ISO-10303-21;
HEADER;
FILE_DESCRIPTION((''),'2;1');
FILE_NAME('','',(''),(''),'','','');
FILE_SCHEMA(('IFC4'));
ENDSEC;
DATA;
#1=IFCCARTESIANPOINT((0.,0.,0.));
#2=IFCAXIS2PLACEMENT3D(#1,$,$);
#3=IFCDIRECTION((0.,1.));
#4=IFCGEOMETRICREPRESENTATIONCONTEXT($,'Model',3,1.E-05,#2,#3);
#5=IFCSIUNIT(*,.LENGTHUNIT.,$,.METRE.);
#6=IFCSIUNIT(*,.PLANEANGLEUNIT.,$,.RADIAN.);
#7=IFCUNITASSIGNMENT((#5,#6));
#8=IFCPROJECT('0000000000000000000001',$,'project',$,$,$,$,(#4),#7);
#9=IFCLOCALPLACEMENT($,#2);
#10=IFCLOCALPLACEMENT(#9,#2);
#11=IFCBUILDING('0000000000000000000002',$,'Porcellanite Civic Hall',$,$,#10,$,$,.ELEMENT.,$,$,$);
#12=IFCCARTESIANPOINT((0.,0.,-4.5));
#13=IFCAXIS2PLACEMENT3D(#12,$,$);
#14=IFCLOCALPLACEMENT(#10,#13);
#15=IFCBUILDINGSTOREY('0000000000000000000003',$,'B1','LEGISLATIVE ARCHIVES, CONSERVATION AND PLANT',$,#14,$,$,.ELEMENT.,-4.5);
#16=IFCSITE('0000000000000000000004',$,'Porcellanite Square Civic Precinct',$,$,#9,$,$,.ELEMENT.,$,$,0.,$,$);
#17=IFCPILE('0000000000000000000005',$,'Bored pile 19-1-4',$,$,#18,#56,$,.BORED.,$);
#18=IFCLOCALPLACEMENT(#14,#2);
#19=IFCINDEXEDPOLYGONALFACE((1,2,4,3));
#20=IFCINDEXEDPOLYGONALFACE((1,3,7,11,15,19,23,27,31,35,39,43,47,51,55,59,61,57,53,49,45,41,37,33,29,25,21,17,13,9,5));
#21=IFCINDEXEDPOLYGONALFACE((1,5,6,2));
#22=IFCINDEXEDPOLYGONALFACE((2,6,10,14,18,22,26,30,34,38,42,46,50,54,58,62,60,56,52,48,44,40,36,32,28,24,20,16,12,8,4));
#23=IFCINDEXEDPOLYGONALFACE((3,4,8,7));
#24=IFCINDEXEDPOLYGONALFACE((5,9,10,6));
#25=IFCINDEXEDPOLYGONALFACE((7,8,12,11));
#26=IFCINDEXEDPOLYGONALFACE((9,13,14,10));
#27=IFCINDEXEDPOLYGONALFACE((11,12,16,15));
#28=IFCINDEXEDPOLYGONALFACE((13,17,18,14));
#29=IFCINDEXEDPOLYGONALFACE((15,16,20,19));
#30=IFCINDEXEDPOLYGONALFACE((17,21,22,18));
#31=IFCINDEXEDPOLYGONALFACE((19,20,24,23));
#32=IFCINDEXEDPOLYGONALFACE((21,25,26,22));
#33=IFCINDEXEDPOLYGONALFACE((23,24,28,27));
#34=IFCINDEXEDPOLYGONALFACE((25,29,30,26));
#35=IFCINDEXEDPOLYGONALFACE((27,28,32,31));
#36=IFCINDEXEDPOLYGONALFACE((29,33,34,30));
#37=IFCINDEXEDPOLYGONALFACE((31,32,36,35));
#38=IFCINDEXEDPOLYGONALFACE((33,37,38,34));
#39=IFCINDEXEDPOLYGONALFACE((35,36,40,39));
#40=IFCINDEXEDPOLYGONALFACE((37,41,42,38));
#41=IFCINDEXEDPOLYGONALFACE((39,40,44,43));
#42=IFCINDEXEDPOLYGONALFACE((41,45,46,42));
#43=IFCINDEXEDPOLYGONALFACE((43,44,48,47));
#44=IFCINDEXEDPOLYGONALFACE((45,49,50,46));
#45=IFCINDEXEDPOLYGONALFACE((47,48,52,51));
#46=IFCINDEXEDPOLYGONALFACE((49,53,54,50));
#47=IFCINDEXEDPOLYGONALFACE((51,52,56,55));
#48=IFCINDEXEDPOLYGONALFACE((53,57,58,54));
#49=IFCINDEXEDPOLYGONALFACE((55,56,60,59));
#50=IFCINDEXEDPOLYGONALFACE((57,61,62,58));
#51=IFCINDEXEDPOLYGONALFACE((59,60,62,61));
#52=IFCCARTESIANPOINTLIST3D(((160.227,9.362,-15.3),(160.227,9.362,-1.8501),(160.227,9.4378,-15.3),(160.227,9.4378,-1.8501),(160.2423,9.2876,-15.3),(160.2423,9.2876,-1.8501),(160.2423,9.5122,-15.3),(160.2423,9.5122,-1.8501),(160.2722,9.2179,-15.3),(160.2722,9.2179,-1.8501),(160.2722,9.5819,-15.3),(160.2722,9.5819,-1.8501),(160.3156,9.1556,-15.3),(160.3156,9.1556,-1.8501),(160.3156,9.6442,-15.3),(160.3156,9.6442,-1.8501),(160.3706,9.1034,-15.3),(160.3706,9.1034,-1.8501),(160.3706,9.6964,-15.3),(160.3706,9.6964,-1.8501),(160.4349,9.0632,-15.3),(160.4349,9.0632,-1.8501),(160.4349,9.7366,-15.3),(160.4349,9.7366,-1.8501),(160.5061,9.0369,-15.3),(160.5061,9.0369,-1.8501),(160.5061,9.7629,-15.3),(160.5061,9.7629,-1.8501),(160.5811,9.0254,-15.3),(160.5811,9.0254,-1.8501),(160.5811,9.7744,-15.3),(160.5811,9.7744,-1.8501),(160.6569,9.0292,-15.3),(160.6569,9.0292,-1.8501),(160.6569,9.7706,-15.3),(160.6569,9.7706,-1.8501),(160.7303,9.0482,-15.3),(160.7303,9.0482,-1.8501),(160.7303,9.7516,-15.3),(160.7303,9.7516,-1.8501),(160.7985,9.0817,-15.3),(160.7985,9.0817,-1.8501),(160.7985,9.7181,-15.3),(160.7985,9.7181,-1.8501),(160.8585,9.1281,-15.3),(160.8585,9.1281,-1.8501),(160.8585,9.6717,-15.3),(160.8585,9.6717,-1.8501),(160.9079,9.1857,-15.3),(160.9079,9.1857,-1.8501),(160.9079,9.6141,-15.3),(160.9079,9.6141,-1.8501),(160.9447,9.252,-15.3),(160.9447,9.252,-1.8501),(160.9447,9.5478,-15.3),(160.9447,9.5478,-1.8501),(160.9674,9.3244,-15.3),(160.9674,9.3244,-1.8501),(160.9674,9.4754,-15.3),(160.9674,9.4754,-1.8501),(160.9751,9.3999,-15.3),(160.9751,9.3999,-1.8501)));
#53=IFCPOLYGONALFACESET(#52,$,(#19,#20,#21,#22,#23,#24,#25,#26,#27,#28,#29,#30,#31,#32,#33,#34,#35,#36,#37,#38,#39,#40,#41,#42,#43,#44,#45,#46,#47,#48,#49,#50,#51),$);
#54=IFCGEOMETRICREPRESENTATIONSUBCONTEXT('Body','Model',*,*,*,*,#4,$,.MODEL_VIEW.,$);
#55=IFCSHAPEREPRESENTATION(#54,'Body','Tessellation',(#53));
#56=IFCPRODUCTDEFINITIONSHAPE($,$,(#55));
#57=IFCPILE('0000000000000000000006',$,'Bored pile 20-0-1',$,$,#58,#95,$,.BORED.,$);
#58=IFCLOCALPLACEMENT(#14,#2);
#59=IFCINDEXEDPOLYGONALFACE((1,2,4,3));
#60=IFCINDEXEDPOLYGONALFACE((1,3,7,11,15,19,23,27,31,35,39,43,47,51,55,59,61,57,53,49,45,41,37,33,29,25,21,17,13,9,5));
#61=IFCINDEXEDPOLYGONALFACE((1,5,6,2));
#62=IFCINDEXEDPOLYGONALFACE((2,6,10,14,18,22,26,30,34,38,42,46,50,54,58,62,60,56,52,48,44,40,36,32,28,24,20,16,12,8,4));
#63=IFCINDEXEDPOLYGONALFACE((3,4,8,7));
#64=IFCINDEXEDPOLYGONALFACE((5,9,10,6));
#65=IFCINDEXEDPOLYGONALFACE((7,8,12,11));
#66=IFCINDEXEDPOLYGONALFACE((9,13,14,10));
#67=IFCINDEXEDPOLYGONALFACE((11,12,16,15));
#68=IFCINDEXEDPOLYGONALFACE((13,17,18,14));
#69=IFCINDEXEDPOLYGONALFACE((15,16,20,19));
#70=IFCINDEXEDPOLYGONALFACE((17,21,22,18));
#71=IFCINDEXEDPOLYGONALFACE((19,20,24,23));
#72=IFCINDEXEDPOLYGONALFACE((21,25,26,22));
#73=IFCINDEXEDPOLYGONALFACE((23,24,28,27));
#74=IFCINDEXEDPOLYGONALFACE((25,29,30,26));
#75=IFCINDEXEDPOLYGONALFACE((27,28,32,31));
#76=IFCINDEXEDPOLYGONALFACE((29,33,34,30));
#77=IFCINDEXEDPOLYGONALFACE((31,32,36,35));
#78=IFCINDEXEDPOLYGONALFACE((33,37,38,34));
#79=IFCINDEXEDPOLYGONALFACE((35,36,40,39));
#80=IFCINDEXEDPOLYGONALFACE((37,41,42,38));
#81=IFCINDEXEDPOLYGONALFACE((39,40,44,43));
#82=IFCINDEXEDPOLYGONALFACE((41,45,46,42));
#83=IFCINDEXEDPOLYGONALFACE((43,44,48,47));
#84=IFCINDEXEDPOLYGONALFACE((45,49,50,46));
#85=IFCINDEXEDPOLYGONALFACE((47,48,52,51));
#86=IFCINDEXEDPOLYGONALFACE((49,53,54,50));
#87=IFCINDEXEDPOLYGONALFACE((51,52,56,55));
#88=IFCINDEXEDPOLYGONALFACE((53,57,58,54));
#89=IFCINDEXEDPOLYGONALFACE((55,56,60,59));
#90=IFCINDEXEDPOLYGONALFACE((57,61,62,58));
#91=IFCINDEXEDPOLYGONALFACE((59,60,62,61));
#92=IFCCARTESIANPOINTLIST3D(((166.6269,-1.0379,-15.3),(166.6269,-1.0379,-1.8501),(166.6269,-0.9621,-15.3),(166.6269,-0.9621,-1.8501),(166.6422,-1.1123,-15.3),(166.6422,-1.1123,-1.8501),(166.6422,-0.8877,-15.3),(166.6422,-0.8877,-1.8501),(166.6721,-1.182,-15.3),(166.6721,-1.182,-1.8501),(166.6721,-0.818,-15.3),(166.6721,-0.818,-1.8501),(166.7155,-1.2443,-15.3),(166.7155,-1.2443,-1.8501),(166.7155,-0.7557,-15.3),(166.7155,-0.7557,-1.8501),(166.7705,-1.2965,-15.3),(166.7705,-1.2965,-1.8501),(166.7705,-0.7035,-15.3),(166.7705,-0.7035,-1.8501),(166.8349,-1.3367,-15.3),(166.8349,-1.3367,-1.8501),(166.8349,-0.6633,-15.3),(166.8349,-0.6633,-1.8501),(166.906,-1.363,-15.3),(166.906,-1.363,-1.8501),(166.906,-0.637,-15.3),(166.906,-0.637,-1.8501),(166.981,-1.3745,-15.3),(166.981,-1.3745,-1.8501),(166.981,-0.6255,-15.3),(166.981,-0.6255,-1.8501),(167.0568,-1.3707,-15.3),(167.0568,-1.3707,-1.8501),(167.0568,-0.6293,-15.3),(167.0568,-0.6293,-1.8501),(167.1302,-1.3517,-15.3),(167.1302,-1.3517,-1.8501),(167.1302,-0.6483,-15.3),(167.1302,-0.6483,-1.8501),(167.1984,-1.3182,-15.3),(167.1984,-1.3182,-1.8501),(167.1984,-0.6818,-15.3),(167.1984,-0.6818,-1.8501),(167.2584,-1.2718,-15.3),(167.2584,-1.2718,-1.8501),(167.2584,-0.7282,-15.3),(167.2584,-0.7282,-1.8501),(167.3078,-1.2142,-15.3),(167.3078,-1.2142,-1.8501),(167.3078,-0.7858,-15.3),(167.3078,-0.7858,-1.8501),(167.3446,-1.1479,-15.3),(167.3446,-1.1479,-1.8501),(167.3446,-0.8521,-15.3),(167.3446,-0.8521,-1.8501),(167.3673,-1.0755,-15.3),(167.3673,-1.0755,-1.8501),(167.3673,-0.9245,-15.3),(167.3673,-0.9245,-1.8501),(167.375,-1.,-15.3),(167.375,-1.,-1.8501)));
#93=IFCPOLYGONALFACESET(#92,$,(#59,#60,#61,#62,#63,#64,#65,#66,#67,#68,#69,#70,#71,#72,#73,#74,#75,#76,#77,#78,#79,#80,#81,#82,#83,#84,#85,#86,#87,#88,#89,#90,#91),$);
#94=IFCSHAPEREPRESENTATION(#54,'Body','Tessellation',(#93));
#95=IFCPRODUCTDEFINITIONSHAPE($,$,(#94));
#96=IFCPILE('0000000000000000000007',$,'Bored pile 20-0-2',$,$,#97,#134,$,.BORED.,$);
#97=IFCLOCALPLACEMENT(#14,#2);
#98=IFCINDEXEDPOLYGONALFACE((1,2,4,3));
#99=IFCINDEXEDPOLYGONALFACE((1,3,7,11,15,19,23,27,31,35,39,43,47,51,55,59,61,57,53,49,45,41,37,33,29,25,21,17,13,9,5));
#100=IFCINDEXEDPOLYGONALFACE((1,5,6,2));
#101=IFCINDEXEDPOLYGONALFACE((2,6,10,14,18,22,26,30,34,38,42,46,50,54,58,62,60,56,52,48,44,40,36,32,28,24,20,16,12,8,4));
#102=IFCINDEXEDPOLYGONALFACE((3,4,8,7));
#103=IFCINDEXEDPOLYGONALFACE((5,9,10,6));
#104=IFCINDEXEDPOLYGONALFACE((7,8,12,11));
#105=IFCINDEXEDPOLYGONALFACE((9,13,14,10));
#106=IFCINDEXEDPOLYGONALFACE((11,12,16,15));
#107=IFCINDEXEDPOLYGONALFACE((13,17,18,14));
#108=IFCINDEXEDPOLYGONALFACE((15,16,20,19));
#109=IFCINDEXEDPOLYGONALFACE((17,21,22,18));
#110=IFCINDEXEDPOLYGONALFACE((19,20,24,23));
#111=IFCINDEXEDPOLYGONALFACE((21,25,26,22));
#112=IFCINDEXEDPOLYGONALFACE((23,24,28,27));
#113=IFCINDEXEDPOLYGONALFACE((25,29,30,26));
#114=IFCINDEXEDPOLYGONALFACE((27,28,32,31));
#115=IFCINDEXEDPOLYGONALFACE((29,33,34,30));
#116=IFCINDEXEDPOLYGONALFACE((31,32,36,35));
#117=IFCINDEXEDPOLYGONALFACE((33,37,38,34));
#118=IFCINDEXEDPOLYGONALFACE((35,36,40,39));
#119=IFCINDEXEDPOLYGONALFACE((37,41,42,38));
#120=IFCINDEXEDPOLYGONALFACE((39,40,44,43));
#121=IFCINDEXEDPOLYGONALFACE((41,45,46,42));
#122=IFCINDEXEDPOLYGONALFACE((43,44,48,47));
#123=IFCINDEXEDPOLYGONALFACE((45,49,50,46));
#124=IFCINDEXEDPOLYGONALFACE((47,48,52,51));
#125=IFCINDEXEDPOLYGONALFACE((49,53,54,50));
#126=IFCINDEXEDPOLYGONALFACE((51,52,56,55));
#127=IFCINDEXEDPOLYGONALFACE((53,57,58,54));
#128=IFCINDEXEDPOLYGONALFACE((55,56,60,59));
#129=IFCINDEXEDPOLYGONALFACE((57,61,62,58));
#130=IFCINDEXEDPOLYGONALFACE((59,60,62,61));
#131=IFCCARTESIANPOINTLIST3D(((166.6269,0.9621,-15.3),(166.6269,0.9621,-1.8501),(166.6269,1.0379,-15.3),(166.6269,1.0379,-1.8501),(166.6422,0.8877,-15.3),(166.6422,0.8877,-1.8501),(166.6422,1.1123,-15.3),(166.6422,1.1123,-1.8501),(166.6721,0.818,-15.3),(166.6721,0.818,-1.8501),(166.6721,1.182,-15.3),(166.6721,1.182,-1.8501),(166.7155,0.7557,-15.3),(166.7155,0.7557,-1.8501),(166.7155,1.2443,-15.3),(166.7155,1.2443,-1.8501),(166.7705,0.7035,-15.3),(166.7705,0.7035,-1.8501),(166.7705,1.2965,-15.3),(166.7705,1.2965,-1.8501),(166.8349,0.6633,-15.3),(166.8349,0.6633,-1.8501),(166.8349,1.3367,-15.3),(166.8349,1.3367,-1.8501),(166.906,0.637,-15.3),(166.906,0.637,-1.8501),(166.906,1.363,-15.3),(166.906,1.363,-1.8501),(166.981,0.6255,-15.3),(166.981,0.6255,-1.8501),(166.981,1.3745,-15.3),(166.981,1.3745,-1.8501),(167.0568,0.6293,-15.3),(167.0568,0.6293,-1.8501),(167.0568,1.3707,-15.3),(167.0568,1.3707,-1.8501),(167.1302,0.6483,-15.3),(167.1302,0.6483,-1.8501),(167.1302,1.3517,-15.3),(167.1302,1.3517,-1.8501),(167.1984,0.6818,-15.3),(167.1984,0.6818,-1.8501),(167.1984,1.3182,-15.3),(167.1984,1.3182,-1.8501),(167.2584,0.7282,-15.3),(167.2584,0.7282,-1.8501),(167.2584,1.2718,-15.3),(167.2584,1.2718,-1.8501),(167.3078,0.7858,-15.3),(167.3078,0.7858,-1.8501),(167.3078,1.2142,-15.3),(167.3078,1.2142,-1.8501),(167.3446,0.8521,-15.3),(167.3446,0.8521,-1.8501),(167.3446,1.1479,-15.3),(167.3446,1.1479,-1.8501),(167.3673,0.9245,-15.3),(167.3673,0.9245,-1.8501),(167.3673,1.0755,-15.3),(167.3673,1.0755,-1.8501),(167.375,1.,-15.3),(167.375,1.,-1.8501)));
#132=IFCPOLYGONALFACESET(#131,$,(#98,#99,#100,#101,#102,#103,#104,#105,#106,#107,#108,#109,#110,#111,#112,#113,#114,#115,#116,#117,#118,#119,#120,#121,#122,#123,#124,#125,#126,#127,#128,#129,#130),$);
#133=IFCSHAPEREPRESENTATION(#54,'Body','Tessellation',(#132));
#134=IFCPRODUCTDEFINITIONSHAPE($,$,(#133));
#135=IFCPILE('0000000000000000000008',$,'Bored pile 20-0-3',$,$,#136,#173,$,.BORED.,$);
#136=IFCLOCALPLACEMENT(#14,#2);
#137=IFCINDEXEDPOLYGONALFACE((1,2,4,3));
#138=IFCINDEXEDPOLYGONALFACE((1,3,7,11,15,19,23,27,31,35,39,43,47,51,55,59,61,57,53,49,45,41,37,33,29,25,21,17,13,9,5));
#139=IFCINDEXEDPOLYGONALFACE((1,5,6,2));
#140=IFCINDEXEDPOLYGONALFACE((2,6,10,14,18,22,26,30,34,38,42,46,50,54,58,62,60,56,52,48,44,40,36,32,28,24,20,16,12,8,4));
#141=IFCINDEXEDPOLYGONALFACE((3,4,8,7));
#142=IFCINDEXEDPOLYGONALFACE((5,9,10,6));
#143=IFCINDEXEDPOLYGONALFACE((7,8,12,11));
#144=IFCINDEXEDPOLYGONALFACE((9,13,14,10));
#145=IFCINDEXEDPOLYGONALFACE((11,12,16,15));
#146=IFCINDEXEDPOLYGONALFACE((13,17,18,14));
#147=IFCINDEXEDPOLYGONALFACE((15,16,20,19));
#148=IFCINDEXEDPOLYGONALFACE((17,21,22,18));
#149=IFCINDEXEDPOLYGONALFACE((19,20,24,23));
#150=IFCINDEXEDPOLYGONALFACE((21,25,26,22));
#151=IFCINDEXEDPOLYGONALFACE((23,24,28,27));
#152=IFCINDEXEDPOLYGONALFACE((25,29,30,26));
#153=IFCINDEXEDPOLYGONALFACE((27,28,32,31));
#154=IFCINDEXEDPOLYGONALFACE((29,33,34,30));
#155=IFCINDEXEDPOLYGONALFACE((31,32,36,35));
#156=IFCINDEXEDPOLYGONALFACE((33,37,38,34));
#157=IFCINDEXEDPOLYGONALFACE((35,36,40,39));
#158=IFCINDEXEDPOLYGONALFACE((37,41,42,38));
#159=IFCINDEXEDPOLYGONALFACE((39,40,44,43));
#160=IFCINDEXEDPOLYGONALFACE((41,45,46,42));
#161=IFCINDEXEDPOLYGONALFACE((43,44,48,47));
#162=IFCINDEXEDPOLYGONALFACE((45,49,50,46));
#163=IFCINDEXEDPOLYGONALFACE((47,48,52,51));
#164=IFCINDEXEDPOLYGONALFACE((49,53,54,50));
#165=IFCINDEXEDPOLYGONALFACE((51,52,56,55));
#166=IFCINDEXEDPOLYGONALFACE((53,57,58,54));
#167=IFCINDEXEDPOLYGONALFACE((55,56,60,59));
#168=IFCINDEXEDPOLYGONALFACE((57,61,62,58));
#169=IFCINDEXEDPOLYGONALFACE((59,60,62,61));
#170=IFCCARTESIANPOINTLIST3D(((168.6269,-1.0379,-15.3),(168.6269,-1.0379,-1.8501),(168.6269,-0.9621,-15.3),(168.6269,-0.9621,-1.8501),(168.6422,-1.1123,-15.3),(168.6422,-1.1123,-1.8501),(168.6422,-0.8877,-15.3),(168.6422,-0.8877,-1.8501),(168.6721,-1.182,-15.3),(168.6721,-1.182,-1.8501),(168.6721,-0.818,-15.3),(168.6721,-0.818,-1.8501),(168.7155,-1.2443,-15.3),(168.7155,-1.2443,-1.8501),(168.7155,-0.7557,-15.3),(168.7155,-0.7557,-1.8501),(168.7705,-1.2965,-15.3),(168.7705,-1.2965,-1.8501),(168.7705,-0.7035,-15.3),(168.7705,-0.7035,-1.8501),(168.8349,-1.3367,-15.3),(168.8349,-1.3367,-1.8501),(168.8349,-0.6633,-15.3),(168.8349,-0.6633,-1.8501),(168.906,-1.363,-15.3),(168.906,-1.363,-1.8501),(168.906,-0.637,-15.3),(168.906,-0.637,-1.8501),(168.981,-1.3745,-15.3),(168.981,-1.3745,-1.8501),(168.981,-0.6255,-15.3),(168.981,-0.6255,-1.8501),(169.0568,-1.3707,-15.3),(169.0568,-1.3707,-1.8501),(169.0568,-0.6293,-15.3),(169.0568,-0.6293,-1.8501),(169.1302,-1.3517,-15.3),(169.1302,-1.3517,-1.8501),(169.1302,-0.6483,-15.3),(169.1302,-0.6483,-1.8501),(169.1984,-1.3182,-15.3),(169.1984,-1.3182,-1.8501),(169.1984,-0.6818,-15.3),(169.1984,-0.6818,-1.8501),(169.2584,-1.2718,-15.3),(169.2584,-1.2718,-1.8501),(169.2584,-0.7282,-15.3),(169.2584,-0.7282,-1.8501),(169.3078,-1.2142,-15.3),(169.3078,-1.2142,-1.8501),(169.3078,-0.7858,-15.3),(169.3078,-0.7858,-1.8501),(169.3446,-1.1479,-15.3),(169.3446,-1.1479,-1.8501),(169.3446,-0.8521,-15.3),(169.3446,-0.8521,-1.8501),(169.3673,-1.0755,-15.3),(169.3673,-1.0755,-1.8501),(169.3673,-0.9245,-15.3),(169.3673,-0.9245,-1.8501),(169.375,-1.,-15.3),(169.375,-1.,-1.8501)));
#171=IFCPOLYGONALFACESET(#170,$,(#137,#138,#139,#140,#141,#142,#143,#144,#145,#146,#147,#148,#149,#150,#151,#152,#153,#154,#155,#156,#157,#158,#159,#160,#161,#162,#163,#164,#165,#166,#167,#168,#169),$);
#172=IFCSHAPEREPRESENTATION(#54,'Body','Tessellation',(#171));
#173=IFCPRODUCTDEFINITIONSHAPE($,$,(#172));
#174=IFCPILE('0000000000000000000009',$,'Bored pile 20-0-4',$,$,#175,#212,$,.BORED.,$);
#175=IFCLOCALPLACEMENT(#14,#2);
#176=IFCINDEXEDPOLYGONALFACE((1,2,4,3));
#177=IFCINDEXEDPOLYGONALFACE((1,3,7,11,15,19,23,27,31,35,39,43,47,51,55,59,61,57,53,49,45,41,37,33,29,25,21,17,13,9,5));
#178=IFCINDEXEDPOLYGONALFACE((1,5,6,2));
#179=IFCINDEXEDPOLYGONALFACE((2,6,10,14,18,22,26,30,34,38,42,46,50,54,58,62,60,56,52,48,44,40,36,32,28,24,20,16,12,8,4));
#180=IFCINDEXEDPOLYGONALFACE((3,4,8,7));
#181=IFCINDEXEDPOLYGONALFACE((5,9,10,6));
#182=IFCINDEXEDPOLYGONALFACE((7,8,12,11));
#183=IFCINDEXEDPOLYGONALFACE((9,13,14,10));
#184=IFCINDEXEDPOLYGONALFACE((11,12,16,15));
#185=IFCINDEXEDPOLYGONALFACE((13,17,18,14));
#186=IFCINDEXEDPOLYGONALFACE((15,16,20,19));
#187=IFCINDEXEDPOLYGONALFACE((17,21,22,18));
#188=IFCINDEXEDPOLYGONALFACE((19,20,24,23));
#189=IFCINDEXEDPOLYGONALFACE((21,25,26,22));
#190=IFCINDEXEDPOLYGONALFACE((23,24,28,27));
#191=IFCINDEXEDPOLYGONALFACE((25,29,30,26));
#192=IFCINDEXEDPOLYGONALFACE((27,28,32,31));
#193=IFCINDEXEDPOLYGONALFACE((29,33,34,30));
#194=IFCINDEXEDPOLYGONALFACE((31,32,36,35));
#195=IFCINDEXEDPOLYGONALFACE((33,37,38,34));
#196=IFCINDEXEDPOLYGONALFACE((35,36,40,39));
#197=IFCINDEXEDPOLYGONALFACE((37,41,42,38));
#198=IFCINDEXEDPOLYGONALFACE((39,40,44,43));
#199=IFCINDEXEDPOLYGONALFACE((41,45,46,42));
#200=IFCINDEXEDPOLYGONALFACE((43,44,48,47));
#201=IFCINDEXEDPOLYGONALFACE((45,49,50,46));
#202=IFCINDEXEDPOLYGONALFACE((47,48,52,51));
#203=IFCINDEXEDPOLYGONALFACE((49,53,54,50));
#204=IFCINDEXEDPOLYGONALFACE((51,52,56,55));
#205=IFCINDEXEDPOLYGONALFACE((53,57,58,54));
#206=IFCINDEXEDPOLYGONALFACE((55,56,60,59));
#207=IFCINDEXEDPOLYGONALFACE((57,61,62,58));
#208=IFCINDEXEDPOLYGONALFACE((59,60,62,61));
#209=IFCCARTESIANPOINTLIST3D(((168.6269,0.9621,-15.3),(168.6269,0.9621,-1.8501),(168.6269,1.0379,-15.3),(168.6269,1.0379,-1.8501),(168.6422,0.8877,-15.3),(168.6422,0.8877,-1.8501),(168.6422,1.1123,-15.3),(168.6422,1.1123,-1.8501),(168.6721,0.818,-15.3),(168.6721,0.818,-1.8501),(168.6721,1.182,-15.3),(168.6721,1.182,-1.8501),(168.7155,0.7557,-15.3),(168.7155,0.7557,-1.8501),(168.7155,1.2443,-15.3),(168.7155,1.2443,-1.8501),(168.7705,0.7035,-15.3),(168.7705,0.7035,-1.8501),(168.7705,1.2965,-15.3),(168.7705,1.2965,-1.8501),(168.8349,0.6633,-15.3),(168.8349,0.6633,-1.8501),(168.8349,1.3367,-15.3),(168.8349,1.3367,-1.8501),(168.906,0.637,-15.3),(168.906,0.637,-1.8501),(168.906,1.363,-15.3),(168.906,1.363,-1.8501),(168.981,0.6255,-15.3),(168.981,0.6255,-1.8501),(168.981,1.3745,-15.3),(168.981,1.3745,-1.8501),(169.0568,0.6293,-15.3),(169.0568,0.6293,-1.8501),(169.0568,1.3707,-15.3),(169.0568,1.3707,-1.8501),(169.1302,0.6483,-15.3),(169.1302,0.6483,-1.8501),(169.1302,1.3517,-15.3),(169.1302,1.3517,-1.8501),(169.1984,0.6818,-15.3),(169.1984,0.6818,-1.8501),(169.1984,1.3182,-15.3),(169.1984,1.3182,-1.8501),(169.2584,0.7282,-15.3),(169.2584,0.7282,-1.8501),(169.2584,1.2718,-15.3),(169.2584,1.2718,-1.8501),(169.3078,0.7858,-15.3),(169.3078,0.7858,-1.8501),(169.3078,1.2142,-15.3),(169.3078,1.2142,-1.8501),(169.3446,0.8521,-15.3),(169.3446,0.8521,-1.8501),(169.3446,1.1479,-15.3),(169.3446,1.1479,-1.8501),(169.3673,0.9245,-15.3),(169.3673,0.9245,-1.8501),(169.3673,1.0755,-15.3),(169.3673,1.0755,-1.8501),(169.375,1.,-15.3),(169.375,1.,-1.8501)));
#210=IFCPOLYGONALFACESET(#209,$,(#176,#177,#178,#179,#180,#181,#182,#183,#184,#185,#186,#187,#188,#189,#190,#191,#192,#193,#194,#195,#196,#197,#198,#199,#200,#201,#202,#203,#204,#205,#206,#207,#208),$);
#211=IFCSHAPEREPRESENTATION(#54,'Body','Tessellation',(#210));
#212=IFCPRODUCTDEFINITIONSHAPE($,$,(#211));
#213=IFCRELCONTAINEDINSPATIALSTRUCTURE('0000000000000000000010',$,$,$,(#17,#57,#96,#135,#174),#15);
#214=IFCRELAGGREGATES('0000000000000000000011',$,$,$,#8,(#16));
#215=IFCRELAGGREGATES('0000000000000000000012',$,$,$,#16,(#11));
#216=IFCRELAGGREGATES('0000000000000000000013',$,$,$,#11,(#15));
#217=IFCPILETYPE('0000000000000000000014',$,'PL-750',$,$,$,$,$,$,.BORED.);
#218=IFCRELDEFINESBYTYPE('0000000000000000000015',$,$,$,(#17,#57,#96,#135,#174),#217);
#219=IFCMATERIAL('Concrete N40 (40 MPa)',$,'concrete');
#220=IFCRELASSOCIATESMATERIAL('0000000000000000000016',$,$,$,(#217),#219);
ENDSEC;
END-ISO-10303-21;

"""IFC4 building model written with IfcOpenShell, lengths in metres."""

from ifc_helpers import new_model, si_unit, direction, frame, origin, origin_2d, place, context, subcontext, project, spatial, circle, extrude, material, material_profile, profile_set, type_object, element, save


model = new_model("IFC4")

# Units and contexts
model_context = context("Model", 3, precision=1e-05, world=origin(), true_north=direction((0.0, 1.0)))
body_context = subcontext(model_context, "Body", "Model", "MODEL_VIEW")
ifc_project = project(units=[si_unit("LENGTHUNIT", "METRE"), si_unit("PLANEANGLEUNIT", "RADIAN")], contexts=[model_context])

# Site, building, storey
site_placement = place(None, origin())
site = spatial("IfcSite", under=ifc_project, at=site_placement, Name="Porcellanite Square Civic Precinct", CompositionType="ELEMENT", RefElevation=0.0)
building_placement = place(site_placement, origin())
building = spatial("IfcBuilding", under=site, at=building_placement, Name="Porcellanite Civic Hall", CompositionType="ELEMENT")
storey_placement = place(building_placement, frame((0.0, 0.0, -4.5)))
storey = spatial("IfcBuildingStorey", under=building, at=storey_placement, Name="B1", Description="LEGISLATIVE ARCHIVES, CONSERVATION AND PLANT", CompositionType="ELEMENT", Elevation=-4.5)

# Piles
ifc_material_1 = material(Name="Concrete N40 (40 MPa)", Category="concrete")
ifc_material_profile_1 = material_profile(ifc_material_1, circle(Radius=0.375, at=origin_2d()), Name="PILE-D750")
ifc_profile_set_1 = profile_set([ifc_material_profile_1], Name="Concrete N40 (40 MPa)")
pile_type_1 = type_object("IfcPileType", Name="PL-750", PredefinedType="BORED", material=ifc_profile_set_1)
for number, where, z_axis, x_axis, name in (
    (1, (160.6001, 9.3999, -1.8501), (0.0, 0.0, -1.0), (1.0, 0.0, 0.0), "Bored pile 19-1-4"),
    (2, (167.0, -1.0, -1.8501), (0.0, 0.0, -1.0), (1.0, 0.0, 0.0), "Bored pile 20-0-1"),
    (3, (167.0, 1.0, -1.8501), (0.0, 0.0, -1.0), (1.0, 0.0, 0.0), "Bored pile 20-0-2"),
    (4, (169.0, -1.0, -1.8501), (0.0, 0.0, -1.0), (1.0, 0.0, 0.0), "Bored pile 20-0-3"),
    (5, (169.0, 1.0, -1.8501), (0.0, 0.0, -1.0), (1.0, 0.0, 0.0), "Bored pile 20-0-4"),
):
    element("IfcPile", number, at=place(storey_placement, frame(where, z_axis=z_axis, x_axis=x_axis)), inside=storey, type_object=pile_type_1, Name=name, PredefinedType="BORED", context=body_context, shape_type="SweptSolid", body=[
        extrude(circle(Radius=0.375, at=origin_2d()), origin(), (0.0, 0.0, 1.0), 13.45),
    ])

save(model, "model.ifc")
